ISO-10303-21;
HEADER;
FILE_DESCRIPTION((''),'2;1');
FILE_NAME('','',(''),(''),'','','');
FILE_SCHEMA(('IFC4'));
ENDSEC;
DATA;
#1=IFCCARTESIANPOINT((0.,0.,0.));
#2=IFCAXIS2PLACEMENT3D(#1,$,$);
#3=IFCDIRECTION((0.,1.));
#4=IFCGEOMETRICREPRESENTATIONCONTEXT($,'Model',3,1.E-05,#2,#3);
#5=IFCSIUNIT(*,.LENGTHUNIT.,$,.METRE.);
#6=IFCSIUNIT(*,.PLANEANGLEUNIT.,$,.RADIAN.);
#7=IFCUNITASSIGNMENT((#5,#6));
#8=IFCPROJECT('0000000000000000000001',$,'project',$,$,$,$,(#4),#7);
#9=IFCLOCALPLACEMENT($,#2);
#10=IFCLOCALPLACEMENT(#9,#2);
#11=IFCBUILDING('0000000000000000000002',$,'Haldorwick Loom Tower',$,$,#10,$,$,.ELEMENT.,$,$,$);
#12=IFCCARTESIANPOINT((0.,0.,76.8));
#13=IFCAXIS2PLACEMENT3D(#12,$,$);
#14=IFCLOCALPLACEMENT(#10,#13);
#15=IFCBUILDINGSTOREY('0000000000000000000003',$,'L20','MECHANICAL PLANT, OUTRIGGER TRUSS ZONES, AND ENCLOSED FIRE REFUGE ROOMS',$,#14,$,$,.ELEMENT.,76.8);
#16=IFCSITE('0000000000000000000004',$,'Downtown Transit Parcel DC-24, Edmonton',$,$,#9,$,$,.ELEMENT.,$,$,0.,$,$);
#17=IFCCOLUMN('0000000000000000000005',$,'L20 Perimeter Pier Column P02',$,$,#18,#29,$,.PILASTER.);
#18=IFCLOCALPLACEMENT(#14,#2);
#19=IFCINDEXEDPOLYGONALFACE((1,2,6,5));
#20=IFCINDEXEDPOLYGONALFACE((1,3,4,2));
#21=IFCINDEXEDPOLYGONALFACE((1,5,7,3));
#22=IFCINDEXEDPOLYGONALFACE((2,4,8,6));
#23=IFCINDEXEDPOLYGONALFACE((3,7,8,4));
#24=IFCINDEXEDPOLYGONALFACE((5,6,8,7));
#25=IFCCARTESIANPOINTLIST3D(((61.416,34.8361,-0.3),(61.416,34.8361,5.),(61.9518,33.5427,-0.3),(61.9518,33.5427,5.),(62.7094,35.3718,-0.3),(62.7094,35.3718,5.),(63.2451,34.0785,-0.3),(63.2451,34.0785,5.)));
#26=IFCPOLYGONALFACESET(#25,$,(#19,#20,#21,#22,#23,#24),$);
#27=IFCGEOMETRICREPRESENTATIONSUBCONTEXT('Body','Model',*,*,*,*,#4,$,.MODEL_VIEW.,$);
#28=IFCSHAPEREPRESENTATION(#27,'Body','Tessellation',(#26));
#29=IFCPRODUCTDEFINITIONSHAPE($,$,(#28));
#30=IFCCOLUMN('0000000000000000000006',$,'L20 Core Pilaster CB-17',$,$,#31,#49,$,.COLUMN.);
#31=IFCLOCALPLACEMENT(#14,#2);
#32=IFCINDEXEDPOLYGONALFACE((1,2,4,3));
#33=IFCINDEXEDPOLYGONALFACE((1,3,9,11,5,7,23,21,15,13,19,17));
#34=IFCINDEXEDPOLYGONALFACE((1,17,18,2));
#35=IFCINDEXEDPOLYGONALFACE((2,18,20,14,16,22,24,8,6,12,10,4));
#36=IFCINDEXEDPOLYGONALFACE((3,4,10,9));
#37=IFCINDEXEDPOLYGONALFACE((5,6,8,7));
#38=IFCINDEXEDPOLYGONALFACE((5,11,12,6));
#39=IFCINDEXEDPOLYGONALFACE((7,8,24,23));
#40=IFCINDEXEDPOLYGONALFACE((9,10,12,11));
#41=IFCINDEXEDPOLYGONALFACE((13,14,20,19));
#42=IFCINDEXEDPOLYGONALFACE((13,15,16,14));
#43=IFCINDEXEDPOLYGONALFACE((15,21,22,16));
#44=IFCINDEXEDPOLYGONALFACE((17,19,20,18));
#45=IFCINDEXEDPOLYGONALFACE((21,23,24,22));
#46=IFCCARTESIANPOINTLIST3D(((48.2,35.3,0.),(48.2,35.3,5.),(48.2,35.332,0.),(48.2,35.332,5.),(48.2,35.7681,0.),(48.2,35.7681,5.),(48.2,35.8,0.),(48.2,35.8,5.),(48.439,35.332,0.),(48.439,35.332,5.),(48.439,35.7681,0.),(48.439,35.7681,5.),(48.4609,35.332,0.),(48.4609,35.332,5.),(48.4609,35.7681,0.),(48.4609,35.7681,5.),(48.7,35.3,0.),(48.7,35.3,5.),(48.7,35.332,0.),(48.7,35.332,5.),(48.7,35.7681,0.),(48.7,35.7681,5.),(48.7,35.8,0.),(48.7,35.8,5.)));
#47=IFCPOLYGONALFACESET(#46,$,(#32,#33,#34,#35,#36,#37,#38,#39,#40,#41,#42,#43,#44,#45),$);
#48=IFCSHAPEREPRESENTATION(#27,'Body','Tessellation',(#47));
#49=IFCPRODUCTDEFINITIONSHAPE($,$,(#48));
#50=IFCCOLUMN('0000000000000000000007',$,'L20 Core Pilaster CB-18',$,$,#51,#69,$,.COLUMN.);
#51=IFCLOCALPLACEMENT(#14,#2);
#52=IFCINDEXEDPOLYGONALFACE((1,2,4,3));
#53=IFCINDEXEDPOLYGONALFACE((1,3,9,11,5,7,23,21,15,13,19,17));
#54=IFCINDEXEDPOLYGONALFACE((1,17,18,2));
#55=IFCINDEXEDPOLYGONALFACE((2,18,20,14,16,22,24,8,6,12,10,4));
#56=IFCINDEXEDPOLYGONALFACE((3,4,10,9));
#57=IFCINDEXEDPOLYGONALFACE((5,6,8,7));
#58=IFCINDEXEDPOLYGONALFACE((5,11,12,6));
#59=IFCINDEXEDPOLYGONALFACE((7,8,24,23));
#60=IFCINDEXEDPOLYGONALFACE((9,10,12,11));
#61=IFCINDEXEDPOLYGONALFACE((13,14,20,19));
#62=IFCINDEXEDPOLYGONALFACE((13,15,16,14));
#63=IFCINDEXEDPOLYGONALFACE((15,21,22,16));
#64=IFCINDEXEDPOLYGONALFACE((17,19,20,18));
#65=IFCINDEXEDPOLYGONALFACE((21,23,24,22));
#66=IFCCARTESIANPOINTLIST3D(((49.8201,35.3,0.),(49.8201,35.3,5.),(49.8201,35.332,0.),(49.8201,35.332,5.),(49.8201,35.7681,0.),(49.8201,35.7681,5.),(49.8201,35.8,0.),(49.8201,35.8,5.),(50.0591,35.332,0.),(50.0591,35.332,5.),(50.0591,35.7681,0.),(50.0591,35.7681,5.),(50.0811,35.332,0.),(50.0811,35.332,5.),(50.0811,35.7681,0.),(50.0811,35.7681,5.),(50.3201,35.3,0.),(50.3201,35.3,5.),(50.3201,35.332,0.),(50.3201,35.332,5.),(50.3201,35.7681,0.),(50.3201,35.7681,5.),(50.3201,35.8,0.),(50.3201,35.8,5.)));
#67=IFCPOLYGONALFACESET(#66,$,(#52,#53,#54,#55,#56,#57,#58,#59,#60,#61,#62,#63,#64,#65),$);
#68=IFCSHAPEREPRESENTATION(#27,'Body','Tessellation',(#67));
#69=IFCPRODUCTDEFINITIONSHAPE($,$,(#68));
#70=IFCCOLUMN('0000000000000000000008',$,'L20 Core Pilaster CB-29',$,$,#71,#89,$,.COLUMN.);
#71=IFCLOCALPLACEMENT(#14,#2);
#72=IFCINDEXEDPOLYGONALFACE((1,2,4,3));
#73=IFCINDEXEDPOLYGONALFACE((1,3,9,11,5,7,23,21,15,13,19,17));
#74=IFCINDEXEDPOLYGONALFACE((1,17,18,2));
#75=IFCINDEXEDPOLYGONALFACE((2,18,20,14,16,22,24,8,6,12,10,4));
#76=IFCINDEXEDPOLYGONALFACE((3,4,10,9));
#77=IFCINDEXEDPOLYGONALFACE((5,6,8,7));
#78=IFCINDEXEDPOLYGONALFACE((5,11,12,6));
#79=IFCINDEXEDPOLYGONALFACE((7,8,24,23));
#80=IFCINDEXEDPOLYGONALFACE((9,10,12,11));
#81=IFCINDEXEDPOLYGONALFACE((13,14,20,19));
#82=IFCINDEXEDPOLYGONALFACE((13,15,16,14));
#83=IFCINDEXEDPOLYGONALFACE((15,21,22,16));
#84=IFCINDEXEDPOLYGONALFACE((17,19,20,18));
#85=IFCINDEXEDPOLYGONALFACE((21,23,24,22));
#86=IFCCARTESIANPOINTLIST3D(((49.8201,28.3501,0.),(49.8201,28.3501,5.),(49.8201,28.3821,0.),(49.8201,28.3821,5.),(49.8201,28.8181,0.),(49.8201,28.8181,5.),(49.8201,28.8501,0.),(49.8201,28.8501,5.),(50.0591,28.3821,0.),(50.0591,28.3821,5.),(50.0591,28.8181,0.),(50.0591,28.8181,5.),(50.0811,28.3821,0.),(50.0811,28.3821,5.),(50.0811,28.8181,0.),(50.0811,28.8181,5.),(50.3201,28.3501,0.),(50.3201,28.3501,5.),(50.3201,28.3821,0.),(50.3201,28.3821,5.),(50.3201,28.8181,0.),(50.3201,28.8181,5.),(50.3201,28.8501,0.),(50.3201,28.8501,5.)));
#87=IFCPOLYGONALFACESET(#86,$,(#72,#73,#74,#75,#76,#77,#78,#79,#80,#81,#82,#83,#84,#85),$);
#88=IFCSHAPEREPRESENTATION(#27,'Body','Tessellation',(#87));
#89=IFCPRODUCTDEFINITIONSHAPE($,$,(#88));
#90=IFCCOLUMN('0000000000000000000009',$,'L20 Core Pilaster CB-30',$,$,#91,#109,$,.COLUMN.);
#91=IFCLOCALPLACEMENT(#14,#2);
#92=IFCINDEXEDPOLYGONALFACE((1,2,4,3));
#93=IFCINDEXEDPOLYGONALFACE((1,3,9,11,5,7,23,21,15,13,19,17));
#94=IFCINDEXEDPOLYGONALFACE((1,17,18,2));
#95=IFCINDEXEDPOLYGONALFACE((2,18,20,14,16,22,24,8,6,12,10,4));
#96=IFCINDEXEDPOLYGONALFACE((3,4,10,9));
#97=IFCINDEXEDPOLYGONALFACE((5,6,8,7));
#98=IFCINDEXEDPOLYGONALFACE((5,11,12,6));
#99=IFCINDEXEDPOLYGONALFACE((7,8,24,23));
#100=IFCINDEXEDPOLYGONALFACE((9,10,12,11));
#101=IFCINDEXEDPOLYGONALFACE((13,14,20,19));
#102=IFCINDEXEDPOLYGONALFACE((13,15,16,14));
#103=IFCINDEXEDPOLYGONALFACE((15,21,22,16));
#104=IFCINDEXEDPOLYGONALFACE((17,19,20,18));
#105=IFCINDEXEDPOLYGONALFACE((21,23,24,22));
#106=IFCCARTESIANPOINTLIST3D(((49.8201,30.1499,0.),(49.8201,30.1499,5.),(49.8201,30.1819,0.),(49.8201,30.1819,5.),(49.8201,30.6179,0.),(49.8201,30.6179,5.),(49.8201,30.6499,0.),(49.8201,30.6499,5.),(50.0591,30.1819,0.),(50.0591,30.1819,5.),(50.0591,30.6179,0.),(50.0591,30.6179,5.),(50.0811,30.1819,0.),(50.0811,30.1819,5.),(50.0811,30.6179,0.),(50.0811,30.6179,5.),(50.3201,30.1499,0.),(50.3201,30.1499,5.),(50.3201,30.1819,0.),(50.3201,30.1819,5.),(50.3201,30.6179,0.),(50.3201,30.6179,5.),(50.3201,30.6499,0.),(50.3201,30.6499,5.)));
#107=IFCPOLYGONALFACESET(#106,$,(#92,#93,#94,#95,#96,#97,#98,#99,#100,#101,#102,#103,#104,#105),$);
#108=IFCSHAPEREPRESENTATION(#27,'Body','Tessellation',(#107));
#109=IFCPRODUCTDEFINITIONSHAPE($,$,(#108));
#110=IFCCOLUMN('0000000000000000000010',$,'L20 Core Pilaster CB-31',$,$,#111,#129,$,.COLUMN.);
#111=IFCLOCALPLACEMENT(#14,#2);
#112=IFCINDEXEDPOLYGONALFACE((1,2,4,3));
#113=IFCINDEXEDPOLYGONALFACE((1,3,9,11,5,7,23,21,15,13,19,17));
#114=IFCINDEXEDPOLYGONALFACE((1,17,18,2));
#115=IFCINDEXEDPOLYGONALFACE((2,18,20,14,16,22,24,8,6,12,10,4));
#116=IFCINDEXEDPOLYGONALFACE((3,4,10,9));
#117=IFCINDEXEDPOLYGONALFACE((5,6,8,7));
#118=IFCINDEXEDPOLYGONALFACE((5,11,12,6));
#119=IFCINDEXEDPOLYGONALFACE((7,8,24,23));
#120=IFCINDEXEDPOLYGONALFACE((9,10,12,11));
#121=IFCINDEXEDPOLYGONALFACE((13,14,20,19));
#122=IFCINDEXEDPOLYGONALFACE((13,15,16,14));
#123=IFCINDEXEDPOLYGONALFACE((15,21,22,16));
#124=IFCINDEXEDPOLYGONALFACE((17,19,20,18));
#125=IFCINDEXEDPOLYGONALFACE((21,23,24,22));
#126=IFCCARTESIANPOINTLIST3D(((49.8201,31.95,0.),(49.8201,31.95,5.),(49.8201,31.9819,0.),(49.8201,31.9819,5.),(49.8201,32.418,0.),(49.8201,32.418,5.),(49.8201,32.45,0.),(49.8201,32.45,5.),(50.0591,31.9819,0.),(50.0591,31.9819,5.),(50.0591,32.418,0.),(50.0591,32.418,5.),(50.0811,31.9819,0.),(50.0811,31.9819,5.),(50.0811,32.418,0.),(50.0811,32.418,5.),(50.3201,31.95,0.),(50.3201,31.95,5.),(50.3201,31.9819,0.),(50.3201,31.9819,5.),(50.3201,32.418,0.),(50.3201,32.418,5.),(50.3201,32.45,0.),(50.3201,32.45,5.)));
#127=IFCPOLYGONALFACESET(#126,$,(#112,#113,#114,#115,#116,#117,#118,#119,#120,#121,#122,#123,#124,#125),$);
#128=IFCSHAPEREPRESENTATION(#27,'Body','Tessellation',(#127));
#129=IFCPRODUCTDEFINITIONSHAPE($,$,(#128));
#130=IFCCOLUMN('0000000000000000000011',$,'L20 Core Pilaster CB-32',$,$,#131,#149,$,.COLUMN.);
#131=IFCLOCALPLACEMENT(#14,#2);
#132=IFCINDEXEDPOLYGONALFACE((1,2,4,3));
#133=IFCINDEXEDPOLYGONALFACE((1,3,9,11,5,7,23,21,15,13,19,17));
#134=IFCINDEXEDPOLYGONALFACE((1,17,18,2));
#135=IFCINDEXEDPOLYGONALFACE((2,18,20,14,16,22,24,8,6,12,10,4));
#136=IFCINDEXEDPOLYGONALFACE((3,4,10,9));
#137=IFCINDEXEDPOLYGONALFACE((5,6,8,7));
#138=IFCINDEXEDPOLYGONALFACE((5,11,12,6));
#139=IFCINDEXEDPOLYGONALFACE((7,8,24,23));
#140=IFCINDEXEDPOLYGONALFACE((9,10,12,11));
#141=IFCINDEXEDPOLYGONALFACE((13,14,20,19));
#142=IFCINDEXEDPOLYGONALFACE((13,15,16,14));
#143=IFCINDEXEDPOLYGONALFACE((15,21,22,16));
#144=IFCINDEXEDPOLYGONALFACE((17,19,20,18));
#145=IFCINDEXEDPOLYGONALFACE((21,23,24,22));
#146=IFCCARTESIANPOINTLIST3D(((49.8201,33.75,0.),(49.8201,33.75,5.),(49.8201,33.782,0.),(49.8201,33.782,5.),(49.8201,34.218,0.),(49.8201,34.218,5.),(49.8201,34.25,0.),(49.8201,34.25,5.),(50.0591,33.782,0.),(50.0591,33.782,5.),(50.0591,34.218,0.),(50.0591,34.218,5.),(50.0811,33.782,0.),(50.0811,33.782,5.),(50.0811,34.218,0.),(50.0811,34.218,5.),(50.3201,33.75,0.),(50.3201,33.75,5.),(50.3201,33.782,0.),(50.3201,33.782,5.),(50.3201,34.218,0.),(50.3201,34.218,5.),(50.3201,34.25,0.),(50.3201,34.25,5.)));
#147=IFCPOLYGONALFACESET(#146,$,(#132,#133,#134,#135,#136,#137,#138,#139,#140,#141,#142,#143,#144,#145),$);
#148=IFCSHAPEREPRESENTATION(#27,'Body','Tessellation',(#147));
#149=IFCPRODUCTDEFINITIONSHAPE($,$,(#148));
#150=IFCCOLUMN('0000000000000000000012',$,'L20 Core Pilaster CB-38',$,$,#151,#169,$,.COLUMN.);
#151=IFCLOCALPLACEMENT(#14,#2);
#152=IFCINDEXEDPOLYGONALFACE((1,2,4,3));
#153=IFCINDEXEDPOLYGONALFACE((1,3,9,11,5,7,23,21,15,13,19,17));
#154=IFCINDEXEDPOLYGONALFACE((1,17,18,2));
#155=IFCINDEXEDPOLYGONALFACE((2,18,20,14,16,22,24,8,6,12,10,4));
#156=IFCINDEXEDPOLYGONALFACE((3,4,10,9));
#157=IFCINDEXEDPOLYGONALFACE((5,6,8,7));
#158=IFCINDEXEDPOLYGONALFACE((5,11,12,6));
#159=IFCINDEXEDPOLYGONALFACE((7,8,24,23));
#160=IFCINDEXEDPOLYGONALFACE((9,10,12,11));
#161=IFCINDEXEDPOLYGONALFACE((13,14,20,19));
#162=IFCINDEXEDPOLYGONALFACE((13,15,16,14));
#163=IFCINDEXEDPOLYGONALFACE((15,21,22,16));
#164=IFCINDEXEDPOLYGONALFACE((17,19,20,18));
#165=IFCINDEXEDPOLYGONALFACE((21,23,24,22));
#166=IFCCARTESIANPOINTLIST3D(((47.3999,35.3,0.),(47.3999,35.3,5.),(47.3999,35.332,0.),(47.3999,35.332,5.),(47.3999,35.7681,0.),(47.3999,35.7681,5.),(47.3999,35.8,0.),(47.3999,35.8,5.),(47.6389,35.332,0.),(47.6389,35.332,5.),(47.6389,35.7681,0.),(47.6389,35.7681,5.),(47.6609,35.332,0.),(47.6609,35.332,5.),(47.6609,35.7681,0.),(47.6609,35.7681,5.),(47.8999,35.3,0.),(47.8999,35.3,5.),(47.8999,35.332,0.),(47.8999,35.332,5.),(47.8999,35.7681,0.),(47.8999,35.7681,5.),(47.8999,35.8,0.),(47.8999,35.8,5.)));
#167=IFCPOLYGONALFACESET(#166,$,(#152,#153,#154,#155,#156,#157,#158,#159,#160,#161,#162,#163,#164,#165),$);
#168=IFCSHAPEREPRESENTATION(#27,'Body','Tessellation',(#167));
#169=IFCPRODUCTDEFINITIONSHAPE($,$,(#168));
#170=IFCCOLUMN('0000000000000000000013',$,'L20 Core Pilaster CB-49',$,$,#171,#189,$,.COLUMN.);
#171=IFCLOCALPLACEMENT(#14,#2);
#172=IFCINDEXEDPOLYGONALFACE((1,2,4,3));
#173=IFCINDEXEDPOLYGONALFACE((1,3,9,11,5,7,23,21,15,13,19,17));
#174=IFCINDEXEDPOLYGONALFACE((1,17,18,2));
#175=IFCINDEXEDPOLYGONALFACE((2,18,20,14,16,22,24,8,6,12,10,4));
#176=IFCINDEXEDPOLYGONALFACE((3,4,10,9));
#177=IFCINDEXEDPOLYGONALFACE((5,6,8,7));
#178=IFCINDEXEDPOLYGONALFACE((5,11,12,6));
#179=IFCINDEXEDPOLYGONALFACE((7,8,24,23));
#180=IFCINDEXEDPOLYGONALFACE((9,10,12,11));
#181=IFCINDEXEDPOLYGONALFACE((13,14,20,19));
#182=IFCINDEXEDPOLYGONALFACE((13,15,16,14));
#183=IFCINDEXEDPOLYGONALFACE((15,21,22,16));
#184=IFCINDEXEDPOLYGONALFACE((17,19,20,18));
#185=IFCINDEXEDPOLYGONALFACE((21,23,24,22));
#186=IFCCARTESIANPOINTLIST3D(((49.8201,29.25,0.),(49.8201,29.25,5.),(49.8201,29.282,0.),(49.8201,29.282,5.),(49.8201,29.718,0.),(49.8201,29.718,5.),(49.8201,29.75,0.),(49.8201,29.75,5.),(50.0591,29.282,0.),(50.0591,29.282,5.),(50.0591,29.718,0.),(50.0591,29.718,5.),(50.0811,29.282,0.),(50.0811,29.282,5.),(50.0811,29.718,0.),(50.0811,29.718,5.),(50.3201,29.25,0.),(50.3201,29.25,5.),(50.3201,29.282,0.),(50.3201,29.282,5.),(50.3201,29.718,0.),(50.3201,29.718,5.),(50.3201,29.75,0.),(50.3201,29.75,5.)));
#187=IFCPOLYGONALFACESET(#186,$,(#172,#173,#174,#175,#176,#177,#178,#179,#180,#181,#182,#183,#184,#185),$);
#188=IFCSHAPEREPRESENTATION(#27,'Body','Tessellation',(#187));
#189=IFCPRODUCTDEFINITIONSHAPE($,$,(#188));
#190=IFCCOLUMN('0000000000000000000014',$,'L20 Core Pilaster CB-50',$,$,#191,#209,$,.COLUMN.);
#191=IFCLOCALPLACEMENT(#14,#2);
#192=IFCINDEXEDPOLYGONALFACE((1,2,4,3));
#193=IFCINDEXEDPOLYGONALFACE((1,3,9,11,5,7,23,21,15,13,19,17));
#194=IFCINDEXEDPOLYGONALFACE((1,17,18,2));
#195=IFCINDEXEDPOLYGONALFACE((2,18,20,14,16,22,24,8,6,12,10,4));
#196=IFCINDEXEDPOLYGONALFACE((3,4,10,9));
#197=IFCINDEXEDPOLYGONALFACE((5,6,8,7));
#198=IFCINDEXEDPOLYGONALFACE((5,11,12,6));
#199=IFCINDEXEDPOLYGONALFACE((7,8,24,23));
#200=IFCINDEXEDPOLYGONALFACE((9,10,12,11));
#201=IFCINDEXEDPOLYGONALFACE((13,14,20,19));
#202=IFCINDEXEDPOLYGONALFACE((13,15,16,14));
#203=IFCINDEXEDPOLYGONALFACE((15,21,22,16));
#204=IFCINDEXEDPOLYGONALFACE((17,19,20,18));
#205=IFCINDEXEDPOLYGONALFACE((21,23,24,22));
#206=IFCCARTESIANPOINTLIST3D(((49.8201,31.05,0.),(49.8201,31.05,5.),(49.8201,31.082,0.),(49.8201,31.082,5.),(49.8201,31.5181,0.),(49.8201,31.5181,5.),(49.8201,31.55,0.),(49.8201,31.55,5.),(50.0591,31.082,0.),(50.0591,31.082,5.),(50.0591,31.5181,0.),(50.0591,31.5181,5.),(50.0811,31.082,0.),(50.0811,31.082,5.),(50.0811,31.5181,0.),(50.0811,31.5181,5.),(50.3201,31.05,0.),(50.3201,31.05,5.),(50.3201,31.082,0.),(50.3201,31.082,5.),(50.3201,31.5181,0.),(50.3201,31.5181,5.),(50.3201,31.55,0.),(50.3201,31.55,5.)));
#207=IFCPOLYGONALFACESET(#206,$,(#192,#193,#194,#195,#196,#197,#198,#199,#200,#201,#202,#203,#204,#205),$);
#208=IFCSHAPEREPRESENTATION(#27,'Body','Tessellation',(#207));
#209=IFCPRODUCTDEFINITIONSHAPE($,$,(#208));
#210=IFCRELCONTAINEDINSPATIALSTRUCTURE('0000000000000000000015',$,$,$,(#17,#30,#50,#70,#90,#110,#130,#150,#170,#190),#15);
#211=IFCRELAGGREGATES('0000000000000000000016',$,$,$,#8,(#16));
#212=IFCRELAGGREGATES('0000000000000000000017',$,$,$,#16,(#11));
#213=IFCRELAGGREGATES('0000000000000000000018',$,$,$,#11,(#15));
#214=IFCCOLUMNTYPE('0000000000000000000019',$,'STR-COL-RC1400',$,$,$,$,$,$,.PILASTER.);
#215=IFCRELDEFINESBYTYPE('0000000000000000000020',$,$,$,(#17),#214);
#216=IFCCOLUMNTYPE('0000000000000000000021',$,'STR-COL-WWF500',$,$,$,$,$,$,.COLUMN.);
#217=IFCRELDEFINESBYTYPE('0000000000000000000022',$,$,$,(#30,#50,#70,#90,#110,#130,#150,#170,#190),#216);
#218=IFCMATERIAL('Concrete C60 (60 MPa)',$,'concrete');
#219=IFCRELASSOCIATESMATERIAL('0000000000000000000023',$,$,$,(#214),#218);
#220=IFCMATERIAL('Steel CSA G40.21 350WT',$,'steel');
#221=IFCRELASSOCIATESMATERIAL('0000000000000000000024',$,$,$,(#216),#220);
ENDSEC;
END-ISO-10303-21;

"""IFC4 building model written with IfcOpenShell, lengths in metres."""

from ifc_helpers import new_model, si_unit, direction, frame, origin, origin_2d, place, context, subcontext, project, spatial, rectangle, i_section, extrude, material, material_profile, profile_set, type_object, element, save


model = new_model("IFC4")

# Units and contexts
model_context = context("Model", 3, precision=1e-05, world=origin(), true_north=direction((0.0, 1.0)))
body_context = subcontext(model_context, "Body", "Model", "MODEL_VIEW")
ifc_project = project(units=[si_unit("LENGTHUNIT", "METRE"), si_unit("PLANEANGLEUNIT", "RADIAN")], contexts=[model_context])

# Site, building, storey
site_placement = place(None, origin())
site = spatial("IfcSite", under=ifc_project, at=site_placement, Name="Downtown Transit Parcel DC-24, Edmonton", CompositionType="ELEMENT", RefElevation=0.0)
building_placement = place(site_placement, origin())
building = spatial("IfcBuilding", under=site, at=building_placement, Name="Haldorwick Loom Tower", CompositionType="ELEMENT")
storey_placement = place(building_placement, frame((0.0, 0.0, 76.8)))
storey = spatial("IfcBuildingStorey", under=building, at=storey_placement, Name="L20", Description="MECHANICAL PLANT, OUTRIGGER TRUSS ZONES, AND ENCLOSED FIRE REFUGE ROOMS", CompositionType="ELEMENT", Elevation=76.8)

# Columns
ifc_material_1 = material(Name="Concrete C60 (60 MPa)", Category="concrete")
ifc_material_profile_1 = material_profile(ifc_material_1, rectangle(XDim=1.3999, YDim=1.3999, at=origin_2d()), Name="RC1400X1400", Category="concrete")
ifc_profile_set_1 = profile_set([ifc_material_profile_1], Name="Concrete C60 (60 MPa)")
column_type_1 = type_object("IfcColumnType", Name="STR-COL-RC1400", PredefinedType="PILASTER", material=ifc_profile_set_1)
column_placement = place(storey_placement, frame((62.3306, 34.4573, -0.3), z_axis=(0.0, 0.0, 1.0), x_axis=(0.92388, 0.382683, 0.0)))
element("IfcColumn", 1, at=column_placement, inside=storey, type_object=column_type_1, Name="L20 Perimeter Pier Column P02", PredefinedType="PILASTER", context=body_context, shape_type="SweptSolid", body=[
    extrude(rectangle(XDim=1.3999, YDim=1.3999, at=origin_2d()), origin(), (0.0, 0.0, 1.0), 5.3),
])
ifc_material_2 = material(Name="Steel CSA G40.21 350WT", Category="steel")
ifc_material_profile_2 = material_profile(ifc_material_2, i_section(OverallWidth=0.5, OverallDepth=0.5, WebThickness=0.022, FlangeThickness=0.032, at=origin_2d()), Name="WWF500X500", Category="steel")
ifc_profile_set_2 = profile_set([ifc_material_profile_2], Name="Steel CSA G40.21 350WT")
column_type_2 = type_object("IfcColumnType", Name="STR-COL-WWF500", PredefinedType="COLUMN", material=ifc_profile_set_2)
for number, where, z_axis, x_axis, name in (
    (2, (48.45, 35.55, 0.0), (0.0, 0.0, 1.0), (1.0, 0.0, 0.0), "L20 Core Pilaster CB-17"),
    (3, (50.0701, 35.55, 0.0), (0.0, 0.0, 1.0), (1.0, 0.0, 0.0), "L20 Core Pilaster CB-18"),
    (4, (50.0701, 28.6001, 0.0), (0.0, 0.0, 1.0), (1.0, 0.0, 0.0), "L20 Core Pilaster CB-29"),
    (5, (50.0701, 30.3999, 0.0), (0.0, 0.0, 1.0), (1.0, 0.0, 0.0), "L20 Core Pilaster CB-30"),
    (6, (50.0701, 32.2, 0.0), (0.0, 0.0, 1.0), (1.0, 0.0, 0.0), "L20 Core Pilaster CB-31"),
    (7, (50.0701, 34.0, 0.0), (0.0, 0.0, 1.0), (1.0, 0.0, 0.0), "L20 Core Pilaster CB-32"),
    (8, (47.6499, 35.55, 0.0), (0.0, 0.0, 1.0), (1.0, 0.0, 0.0), "L20 Core Pilaster CB-38"),
    (9, (50.0701, 29.5, 0.0), (0.0, 0.0, 1.0), (1.0, 0.0, 0.0), "L20 Core Pilaster CB-49"),
    (10, (50.0701, 31.3, 0.0), (0.0, 0.0, 1.0), (1.0, 0.0, 0.0), "L20 Core Pilaster CB-50"),
):
    element("IfcColumn", number, at=place(storey_placement, frame(where, z_axis=z_axis, x_axis=x_axis)), inside=storey, type_object=column_type_2, Name=name, PredefinedType="COLUMN", context=body_context, shape_type="SweptSolid", body=[
        extrude(i_section(OverallWidth=0.5, OverallDepth=0.5, WebThickness=0.022, FlangeThickness=0.032, at=origin_2d()), origin(), (0.0, 0.0, 1.0), 5.0),
    ])

save(model, "model.ifc")
